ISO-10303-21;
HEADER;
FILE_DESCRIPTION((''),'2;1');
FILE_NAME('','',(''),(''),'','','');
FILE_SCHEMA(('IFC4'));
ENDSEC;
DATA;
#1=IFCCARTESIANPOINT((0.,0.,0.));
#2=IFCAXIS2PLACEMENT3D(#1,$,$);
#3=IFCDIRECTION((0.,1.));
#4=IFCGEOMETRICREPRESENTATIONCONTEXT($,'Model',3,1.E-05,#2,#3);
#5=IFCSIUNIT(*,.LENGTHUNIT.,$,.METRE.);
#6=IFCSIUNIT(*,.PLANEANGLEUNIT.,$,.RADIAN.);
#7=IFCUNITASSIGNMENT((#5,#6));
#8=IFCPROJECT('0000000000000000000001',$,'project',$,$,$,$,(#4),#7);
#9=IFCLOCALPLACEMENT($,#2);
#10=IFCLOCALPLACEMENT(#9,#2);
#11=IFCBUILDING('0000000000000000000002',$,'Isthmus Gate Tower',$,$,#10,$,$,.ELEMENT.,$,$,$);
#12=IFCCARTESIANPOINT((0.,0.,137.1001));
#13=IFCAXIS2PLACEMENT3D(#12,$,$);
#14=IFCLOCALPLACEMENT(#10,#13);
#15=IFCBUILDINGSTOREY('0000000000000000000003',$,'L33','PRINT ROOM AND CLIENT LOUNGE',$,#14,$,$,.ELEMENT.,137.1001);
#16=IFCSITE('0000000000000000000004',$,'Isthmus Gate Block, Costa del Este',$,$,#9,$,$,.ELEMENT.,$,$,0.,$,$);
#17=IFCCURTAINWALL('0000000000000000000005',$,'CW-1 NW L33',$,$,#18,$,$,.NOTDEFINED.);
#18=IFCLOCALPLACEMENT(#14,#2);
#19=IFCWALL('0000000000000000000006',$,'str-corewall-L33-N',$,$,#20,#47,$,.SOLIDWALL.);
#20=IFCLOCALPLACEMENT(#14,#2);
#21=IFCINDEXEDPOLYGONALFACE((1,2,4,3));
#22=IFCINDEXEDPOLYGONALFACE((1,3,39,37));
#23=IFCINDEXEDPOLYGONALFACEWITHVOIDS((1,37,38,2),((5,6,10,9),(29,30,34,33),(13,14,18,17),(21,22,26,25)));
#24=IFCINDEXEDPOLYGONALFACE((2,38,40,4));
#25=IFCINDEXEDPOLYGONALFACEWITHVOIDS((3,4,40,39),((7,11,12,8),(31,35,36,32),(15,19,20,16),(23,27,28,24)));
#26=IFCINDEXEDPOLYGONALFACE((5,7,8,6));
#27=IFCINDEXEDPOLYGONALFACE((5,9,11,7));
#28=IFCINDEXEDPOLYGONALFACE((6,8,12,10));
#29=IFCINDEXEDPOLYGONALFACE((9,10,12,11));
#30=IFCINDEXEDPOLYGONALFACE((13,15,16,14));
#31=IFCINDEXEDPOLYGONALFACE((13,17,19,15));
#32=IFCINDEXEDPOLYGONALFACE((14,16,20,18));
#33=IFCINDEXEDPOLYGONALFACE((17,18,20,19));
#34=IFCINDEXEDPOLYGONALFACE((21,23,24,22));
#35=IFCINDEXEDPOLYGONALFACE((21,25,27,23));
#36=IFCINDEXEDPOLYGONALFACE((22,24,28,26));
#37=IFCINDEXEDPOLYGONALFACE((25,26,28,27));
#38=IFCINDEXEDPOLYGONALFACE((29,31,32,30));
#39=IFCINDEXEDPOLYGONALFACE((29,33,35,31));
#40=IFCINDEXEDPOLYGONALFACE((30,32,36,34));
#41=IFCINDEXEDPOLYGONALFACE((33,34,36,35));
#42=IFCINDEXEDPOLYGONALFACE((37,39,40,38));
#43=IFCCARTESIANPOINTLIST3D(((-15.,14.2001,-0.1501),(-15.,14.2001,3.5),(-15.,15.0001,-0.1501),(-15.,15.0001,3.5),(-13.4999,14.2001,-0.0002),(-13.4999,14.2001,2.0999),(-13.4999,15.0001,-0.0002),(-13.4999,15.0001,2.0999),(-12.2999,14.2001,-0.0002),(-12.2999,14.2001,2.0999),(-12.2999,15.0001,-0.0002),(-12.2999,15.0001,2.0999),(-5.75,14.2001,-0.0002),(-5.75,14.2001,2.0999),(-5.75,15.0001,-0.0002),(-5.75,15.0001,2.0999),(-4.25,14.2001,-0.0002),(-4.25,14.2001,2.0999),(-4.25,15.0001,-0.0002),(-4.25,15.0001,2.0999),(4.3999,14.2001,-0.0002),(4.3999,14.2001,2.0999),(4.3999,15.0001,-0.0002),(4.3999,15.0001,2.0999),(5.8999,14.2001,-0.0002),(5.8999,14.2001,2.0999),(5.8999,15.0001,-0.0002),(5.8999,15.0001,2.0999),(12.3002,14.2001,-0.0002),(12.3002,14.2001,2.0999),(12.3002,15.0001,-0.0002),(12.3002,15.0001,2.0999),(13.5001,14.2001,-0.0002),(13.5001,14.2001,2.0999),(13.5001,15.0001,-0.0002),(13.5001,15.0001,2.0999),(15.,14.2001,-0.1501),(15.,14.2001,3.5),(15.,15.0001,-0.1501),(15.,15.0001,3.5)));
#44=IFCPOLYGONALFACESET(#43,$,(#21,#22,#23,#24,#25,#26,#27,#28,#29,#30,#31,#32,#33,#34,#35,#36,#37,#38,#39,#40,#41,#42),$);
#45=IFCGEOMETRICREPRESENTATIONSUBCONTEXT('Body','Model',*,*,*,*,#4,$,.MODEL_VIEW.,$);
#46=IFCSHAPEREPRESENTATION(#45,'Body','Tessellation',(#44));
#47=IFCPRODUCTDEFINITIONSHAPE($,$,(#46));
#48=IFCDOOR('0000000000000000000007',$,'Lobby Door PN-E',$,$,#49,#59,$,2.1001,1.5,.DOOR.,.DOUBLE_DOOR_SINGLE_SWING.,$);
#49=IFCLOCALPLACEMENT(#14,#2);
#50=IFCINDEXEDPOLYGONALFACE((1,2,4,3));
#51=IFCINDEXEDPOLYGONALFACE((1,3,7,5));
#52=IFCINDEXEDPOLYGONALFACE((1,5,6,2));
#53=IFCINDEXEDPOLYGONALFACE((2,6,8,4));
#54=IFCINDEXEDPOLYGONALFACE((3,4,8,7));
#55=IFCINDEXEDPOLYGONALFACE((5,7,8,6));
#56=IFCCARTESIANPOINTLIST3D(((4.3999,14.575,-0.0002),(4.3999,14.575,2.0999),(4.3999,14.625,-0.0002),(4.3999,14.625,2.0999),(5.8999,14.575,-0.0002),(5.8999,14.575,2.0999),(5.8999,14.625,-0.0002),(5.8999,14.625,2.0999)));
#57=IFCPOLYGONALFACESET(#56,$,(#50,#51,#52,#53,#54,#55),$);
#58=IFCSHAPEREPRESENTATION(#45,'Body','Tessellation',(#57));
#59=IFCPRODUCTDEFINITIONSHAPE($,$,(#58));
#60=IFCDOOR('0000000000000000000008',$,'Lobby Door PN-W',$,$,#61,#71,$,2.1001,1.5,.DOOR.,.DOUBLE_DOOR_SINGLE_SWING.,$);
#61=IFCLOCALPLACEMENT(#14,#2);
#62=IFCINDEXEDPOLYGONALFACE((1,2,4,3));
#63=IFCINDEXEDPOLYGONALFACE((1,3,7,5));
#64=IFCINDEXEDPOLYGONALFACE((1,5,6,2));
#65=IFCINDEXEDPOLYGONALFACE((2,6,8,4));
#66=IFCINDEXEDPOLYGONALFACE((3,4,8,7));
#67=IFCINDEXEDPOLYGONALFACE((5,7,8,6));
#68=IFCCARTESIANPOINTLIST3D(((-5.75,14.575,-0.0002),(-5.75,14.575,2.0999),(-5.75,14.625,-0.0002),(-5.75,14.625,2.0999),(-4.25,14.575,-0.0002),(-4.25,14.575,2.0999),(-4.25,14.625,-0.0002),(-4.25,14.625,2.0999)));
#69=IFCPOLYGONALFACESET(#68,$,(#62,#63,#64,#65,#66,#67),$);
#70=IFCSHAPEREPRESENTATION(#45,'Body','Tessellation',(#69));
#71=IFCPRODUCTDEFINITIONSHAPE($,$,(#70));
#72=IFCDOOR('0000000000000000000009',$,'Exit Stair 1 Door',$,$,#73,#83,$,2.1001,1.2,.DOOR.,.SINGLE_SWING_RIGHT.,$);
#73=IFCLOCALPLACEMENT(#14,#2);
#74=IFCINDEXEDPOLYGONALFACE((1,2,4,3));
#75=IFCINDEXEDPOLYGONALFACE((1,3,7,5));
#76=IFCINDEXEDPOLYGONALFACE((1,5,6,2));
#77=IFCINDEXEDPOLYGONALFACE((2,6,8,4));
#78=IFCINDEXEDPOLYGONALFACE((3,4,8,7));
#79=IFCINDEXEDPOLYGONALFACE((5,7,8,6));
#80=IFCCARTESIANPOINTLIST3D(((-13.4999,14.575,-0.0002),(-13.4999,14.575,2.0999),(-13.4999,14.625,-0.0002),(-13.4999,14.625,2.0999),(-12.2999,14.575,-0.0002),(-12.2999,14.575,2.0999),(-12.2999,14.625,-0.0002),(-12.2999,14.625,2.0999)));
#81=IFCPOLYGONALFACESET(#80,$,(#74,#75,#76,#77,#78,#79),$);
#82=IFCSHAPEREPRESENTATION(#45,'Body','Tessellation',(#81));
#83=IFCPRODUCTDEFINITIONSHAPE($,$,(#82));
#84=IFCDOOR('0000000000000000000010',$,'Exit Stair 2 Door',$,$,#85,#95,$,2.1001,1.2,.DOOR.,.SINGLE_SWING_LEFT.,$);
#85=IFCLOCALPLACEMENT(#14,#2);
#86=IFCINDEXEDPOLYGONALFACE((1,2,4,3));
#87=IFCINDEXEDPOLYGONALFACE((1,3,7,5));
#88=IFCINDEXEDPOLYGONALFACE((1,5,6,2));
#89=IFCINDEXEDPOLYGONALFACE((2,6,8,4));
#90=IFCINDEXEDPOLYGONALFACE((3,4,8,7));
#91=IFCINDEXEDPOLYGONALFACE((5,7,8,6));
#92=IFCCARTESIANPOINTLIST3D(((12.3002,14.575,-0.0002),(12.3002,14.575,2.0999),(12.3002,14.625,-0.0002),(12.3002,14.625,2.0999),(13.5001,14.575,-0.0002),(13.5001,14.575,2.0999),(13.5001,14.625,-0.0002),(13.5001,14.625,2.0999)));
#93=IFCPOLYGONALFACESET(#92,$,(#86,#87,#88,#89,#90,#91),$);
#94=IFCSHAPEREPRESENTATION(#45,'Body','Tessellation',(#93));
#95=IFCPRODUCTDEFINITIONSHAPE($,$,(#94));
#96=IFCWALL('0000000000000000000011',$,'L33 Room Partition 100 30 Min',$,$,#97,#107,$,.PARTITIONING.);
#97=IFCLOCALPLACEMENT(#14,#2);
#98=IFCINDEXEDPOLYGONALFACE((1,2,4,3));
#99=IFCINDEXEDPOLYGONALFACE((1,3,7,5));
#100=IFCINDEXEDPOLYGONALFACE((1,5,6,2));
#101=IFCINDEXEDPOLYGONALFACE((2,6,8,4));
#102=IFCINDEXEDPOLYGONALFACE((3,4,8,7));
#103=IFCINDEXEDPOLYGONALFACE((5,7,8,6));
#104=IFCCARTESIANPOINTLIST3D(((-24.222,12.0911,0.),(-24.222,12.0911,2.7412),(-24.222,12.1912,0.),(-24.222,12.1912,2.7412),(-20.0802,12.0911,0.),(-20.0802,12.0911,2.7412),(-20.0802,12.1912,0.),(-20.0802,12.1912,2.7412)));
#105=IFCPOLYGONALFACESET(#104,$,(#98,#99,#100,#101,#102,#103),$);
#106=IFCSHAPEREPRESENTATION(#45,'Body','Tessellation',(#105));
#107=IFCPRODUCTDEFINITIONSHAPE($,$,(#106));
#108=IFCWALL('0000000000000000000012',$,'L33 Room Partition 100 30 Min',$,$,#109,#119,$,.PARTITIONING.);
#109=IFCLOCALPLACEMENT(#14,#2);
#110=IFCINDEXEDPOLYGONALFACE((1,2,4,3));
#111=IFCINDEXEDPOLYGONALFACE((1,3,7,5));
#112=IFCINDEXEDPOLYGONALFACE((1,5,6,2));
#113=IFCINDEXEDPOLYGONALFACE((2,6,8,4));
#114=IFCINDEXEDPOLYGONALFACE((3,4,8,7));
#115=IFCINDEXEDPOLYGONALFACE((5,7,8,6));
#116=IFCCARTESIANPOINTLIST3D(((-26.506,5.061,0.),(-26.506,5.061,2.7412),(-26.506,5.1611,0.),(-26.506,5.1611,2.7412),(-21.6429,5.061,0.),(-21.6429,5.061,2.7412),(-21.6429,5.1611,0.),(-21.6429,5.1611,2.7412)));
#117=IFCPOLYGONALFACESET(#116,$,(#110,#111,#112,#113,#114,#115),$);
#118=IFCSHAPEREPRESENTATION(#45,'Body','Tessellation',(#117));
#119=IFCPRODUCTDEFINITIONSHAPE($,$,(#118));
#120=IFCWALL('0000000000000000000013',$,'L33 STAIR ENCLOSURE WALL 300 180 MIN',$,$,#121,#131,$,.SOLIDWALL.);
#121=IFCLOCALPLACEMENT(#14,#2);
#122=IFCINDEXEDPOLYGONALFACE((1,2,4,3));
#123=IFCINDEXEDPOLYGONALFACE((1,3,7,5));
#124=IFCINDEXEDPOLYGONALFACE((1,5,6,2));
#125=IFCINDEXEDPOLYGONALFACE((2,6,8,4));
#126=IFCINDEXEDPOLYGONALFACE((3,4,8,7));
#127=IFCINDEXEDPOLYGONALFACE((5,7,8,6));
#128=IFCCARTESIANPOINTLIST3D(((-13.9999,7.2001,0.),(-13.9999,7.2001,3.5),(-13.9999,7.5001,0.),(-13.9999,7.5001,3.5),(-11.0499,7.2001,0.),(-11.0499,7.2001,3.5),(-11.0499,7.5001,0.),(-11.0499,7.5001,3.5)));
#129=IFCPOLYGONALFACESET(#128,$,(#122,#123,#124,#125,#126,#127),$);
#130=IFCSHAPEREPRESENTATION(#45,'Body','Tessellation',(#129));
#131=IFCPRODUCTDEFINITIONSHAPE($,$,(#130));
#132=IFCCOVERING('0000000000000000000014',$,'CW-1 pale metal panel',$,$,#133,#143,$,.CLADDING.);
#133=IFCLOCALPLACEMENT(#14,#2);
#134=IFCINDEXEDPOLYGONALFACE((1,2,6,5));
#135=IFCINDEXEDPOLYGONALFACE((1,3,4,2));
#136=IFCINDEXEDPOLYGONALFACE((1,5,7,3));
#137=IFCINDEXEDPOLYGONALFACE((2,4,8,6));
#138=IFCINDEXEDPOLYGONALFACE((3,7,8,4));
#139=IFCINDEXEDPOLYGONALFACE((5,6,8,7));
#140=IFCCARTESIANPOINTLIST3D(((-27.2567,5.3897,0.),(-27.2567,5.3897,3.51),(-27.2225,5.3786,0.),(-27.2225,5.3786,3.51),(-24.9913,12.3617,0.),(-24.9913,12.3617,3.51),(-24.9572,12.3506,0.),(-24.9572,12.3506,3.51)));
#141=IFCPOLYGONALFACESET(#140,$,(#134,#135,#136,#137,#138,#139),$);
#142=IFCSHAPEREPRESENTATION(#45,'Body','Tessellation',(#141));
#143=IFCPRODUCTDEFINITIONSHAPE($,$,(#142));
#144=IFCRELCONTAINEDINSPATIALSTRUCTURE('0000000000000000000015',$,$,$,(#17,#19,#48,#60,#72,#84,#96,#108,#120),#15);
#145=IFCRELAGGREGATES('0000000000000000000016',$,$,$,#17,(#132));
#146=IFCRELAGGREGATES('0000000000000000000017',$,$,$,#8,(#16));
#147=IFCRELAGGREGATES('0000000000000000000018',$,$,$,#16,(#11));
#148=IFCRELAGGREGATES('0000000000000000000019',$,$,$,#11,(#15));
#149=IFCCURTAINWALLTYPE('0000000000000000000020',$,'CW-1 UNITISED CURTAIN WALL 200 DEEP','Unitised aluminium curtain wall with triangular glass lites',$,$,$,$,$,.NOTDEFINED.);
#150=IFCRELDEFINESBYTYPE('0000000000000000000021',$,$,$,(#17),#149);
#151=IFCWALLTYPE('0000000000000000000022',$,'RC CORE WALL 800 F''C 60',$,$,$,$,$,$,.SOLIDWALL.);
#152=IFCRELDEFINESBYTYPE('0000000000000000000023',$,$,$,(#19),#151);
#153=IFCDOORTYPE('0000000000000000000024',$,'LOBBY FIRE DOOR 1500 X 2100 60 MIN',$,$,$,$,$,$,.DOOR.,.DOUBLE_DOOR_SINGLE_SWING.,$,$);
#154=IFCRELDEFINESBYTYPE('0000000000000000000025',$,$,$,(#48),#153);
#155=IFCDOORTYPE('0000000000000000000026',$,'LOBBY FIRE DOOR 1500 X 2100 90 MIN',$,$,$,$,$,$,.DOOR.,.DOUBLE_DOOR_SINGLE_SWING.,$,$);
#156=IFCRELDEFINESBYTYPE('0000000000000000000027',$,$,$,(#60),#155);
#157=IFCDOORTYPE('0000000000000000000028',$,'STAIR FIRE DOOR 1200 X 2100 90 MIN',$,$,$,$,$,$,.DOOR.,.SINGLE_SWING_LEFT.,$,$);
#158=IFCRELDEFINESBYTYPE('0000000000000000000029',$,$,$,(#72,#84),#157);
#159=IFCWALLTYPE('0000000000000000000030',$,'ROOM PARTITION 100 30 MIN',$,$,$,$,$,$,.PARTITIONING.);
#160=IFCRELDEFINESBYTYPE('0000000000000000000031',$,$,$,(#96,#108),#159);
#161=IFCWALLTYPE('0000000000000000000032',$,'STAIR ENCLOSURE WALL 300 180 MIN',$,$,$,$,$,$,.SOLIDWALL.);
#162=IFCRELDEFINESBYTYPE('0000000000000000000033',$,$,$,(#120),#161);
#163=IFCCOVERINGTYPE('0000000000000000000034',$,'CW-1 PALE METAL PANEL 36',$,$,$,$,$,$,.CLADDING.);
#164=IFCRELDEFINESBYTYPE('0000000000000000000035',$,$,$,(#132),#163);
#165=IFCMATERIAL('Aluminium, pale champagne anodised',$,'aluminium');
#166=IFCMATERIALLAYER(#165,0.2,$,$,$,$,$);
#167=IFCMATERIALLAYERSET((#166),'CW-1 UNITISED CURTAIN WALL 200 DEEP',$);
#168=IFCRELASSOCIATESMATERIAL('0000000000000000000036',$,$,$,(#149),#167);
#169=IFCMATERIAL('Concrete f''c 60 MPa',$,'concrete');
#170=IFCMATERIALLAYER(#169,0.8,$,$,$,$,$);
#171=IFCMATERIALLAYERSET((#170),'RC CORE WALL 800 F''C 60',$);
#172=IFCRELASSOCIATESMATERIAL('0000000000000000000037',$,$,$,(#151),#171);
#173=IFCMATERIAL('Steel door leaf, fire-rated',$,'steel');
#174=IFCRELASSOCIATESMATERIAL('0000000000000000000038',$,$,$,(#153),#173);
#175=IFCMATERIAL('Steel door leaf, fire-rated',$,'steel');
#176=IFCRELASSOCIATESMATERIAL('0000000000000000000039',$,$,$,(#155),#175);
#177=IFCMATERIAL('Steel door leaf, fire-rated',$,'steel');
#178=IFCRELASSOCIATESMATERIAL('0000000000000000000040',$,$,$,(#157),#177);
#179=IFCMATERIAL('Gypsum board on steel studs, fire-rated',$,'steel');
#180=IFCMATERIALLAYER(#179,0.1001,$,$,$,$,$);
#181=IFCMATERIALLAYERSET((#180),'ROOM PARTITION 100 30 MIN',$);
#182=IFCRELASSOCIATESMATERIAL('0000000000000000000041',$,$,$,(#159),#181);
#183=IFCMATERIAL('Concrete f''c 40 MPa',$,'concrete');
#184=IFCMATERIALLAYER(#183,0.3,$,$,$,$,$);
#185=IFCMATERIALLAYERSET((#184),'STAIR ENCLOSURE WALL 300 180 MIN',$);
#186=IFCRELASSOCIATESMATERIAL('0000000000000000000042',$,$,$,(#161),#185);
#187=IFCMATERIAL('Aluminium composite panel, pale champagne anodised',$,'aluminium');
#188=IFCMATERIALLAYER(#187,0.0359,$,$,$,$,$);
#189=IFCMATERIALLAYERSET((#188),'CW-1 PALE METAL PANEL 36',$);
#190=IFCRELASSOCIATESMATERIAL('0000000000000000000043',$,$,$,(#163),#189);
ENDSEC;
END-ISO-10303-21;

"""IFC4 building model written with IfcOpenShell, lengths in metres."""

from ifc_helpers import new_model, si_unit, direction, frame, frame_2d, origin, origin_2d, place, context, subcontext, project, spatial, rectangle, extrude, material, layer, layer_set, type_object, element, fill, aggregate, save


model = new_model("IFC4")

# Units and contexts
model_context = context("Model", 3, precision=1e-05, world=origin(), true_north=direction((0.0, 1.0)))
body_context = subcontext(model_context, "Body", "Model", "MODEL_VIEW")
ifc_project = project(units=[si_unit("LENGTHUNIT", "METRE"), si_unit("PLANEANGLEUNIT", "RADIAN")], contexts=[model_context])

# Site, building, storey
site_placement = place(None, origin())
site = spatial("IfcSite", under=ifc_project, at=site_placement, Name="Isthmus Gate Block, Costa del Este", CompositionType="ELEMENT", RefElevation=0.0)
building_placement = place(site_placement, origin())
building = spatial("IfcBuilding", under=site, at=building_placement, Name="Isthmus Gate Tower", CompositionType="ELEMENT")
storey_placement = place(building_placement, frame((0.0, 0.0, 137.1001)))
storey = spatial("IfcBuildingStorey", under=building, at=storey_placement, Name="L33", Description="PRINT ROOM AND CLIENT LOUNGE", CompositionType="ELEMENT", Elevation=137.1001)

# Curtain wall
ifc_material_1 = material(Name="Aluminium, pale champagne anodised", Category="aluminium")
ifc_layer_1 = layer(ifc_material_1, 0.2)
ifc_layer_set_1 = layer_set([ifc_layer_1], Name="CW-1 UNITISED CURTAIN WALL 200 DEEP")
curtain_wall_type = type_object("IfcCurtainWallType", Name="CW-1 UNITISED CURTAIN WALL 200 DEEP", Description="Unitised aluminium curtain wall with triangular glass lites", PredefinedType="NOTDEFINED", material=ifc_layer_set_1)
curtain_wall_placement = place(storey_placement, origin())
curtain_wall = element("IfcCurtainWall", 1, at=curtain_wall_placement, inside=storey, type_object=curtain_wall_type, Name="CW-1 NW L33", PredefinedType="NOTDEFINED")

# Wall, openings, doors
ifc_material_2 = material(Name="Concrete f'c 60 MPa", Category="concrete")
ifc_layer_2 = layer(ifc_material_2, 0.8)
ifc_layer_set_2 = layer_set([ifc_layer_2], Name="RC CORE WALL 800 F'C 60")
wall_type_1 = type_object("IfcWallType", Name="RC CORE WALL 800 F'C 60", PredefinedType="SOLIDWALL", material=ifc_layer_set_2)
wall_1_placement = place(storey_placement, frame((-15.0, 14.6001, -0.1501), z_axis=(0.0, 0.0, 1.0), x_axis=(1.0, 0.0, 0.0)))
wall_1 = element("IfcWall", 2, at=wall_1_placement, inside=storey, type_object=wall_type_1, Name="str-corewall-L33-N", PredefinedType="SOLIDWALL", context=body_context, shape_type="SweptSolid", body=[
    extrude(rectangle(XDim=30.0, YDim=0.8, at=frame_2d((15.0, 0.0))), origin(), (0.0, 0.0, 1.0), 3.6501),
])
opening_1_placement = place(wall_1_placement, frame((9.25, 0.0, 0.1499)))
opening_1 = element("IfcOpeningElement", 3, at=opening_1_placement, cuts=wall_1, PredefinedType="OPENING", context=body_context, shape_type="SweptSolid", body=[
    extrude(rectangle(XDim=1.5, YDim=2.1001, at=frame_2d((0.75, 1.05))), frame((0.0, 0.4099, 0.0), z_axis=(0.0, -1.0, 0.0), x_axis=(1.0, 0.0, 0.0)), (0.0, 0.0, 1.0), 0.8201),
])
opening_2_placement = place(wall_1_placement, frame((19.3999, 0.0, 0.1499)))
opening_2 = element("IfcOpeningElement", 4, at=opening_2_placement, cuts=wall_1, PredefinedType="OPENING", context=body_context, shape_type="SweptSolid", body=[
    extrude(rectangle(XDim=1.5, YDim=2.1001, at=frame_2d((0.75, 1.05))), frame((0.0, 0.4099, 0.0), z_axis=(0.0, -1.0, 0.0), x_axis=(1.0, 0.0, 0.0)), (0.0, 0.0, 1.0), 0.8201),
])
opening_3_placement = place(wall_1_placement, frame((1.5, 0.0, 0.1499)))
opening_3 = element("IfcOpeningElement", 5, at=opening_3_placement, cuts=wall_1, PredefinedType="OPENING", context=body_context, shape_type="SweptSolid", body=[
    extrude(rectangle(XDim=1.2, YDim=2.1001, at=frame_2d((0.6001, 1.05))), frame((0.0, 0.4099, 0.0), z_axis=(0.0, -1.0, 0.0), x_axis=(1.0, 0.0, 0.0)), (0.0, 0.0, 1.0), 0.8201),
])
opening_4_placement = place(wall_1_placement, frame((27.3, 0.0, 0.1499)))
opening_4 = element("IfcOpeningElement", 6, at=opening_4_placement, cuts=wall_1, PredefinedType="OPENING", context=body_context, shape_type="SweptSolid", body=[
    extrude(rectangle(XDim=1.2, YDim=2.1001, at=frame_2d((0.6001, 1.05))), frame((0.0, 0.4099, 0.0), z_axis=(0.0, -1.0, 0.0), x_axis=(1.0, 0.0, 0.0)), (0.0, 0.0, 1.0), 0.8201),
])
ifc_material_3 = material(Name="Steel door leaf, fire-rated", Category="steel")
door_type_1 = type_object("IfcDoorType", Name="LOBBY FIRE DOOR 1500 X 2100 60 MIN", OperationType="DOUBLE_DOOR_SINGLE_SWING", PredefinedType="DOOR", material=ifc_material_3)
door_1_placement = place(opening_2_placement, origin())
door_1 = element("IfcDoor", 7, at=door_1_placement, inside=storey, type_object=door_type_1, Name="Lobby Door PN-E", OperationType="DOUBLE_DOOR_SINGLE_SWING", OverallHeight=2.1001, OverallWidth=1.5, PredefinedType="DOOR", context=body_context, shape_type="SweptSolid", body=[
    extrude(rectangle(XDim=1.5, YDim=2.1001, at=frame_2d((0.75, 1.05))), frame((0.0, 0.0249, 0.0), z_axis=(0.0, -1.0, 0.0), x_axis=(1.0, 0.0, 0.0)), (0.0, 0.0, 1.0), 0.05),
])
fill(opening_2, door_1)
ifc_material_4 = material(Name="Steel door leaf, fire-rated", Category="steel")
door_type_2 = type_object("IfcDoorType", Name="LOBBY FIRE DOOR 1500 X 2100 90 MIN", OperationType="DOUBLE_DOOR_SINGLE_SWING", PredefinedType="DOOR", material=ifc_material_4)
door_2_placement = place(opening_1_placement, origin())
door_2 = element("IfcDoor", 8, at=door_2_placement, inside=storey, type_object=door_type_2, Name="Lobby Door PN-W", OperationType="DOUBLE_DOOR_SINGLE_SWING", OverallHeight=2.1001, OverallWidth=1.5, PredefinedType="DOOR", context=body_context, shape_type="SweptSolid", body=[
    extrude(rectangle(XDim=1.5, YDim=2.1001, at=frame_2d((0.75, 1.05))), frame((0.0, 0.0249, 0.0), z_axis=(0.0, -1.0, 0.0), x_axis=(1.0, 0.0, 0.0)), (0.0, 0.0, 1.0), 0.05),
])
fill(opening_1, door_2)
ifc_material_5 = material(Name="Steel door leaf, fire-rated", Category="steel")
door_type_3 = type_object("IfcDoorType", Name="STAIR FIRE DOOR 1200 X 2100 90 MIN", OperationType="SINGLE_SWING_LEFT", PredefinedType="DOOR", material=ifc_material_5)
door_3_placement = place(opening_3_placement, origin())
door_3 = element("IfcDoor", 9, at=door_3_placement, inside=storey, type_object=door_type_3, Name="Exit Stair 1 Door", OperationType="SINGLE_SWING_RIGHT", OverallHeight=2.1001, OverallWidth=1.2, PredefinedType="DOOR", context=body_context, shape_type="SweptSolid", body=[
    extrude(rectangle(XDim=1.2, YDim=2.1001, at=frame_2d((0.6001, 1.05))), frame((0.0, 0.0249, 0.0), z_axis=(0.0, -1.0, 0.0), x_axis=(1.0, 0.0, 0.0)), (0.0, 0.0, 1.0), 0.05),
])
fill(opening_3, door_3)
door_4_placement = place(opening_4_placement, origin())
door_4 = element("IfcDoor", 10, at=door_4_placement, inside=storey, type_object=door_type_3, Name="Exit Stair 2 Door", OperationType="SINGLE_SWING_LEFT", OverallHeight=2.1001, OverallWidth=1.2, PredefinedType="DOOR", context=body_context, shape_type="SweptSolid", body=[
    extrude(rectangle(XDim=1.2, YDim=2.1001, at=frame_2d((0.6001, 1.05))), frame((0.0, 0.0249, 0.0), z_axis=(0.0, -1.0, 0.0), x_axis=(1.0, 0.0, 0.0)), (0.0, 0.0, 1.0), 0.05),
])
fill(opening_4, door_4)

# Walls
ifc_material_6 = material(Name="Gypsum board on steel studs, fire-rated", Category="steel")
ifc_layer_3 = layer(ifc_material_6, 0.1001)
ifc_layer_set_3 = layer_set([ifc_layer_3], Name="ROOM PARTITION 100 30 MIN")
wall_type_2 = type_object("IfcWallType", Name="ROOM PARTITION 100 30 MIN", PredefinedType="PARTITIONING", material=ifc_layer_set_3)
wall_2_placement = place(storey_placement, frame((-24.2219, 12.1411, 0.0), z_axis=(0.0, 0.0, 1.0), x_axis=(1.0, 0.0, 0.0)))
element("IfcWall", 11, at=wall_2_placement, inside=storey, type_object=wall_type_2, Name="L33 Room Partition 100 30 Min", PredefinedType="PARTITIONING", context=body_context, shape_type="SweptSolid", body=[
    extrude(rectangle(XDim=4.1418, YDim=0.1001, at=frame_2d((2.0708, 0.0))), origin(), (0.0, 0.0, 1.0), 2.7412),
])
wall_3_placement = place(storey_placement, frame((-26.5061, 5.1111, 0.0), z_axis=(0.0, 0.0, 1.0), x_axis=(1.0, 0.0, 0.0)))
element("IfcWall", 12, at=wall_3_placement, inside=storey, type_object=wall_type_2, Name="L33 Room Partition 100 30 Min", PredefinedType="PARTITIONING", context=body_context, shape_type="SweptSolid", body=[
    extrude(rectangle(XDim=4.863, YDim=0.1001, at=frame_2d((2.4316, 0.0))), origin(), (0.0, 0.0, 1.0), 2.7412),
])
ifc_material_7 = material(Name="Concrete f'c 40 MPa", Category="concrete")
ifc_layer_4 = layer(ifc_material_7, 0.3)
ifc_layer_set_4 = layer_set([ifc_layer_4], Name="STAIR ENCLOSURE WALL 300 180 MIN")
wall_type_3 = type_object("IfcWallType", Name="STAIR ENCLOSURE WALL 300 180 MIN", PredefinedType="SOLIDWALL", material=ifc_layer_set_4)
wall_4_placement = place(storey_placement, frame((-14.0, 7.3501, 0.0), z_axis=(0.0, 0.0, 1.0), x_axis=(1.0, 0.0, 0.0)))
element("IfcWall", 13, at=wall_4_placement, inside=storey, type_object=wall_type_3, Name="L33 STAIR ENCLOSURE WALL 300 180 MIN", PredefinedType="SOLIDWALL", context=body_context, shape_type="SweptSolid", body=[
    extrude(rectangle(XDim=2.95, YDim=0.3, at=frame_2d((1.4751, 0.0))), origin(), (0.0, 0.0, 1.0), 3.5),
])

# Covering
ifc_material_8 = material(Name="Aluminium composite panel, pale champagne anodised", Category="aluminium")
ifc_layer_5 = layer(ifc_material_8, 0.0359)
ifc_layer_set_5 = layer_set([ifc_layer_5], Name="CW-1 PALE METAL PANEL 36")
covering_type = type_object("IfcCoveringType", Name="CW-1 PALE METAL PANEL 36", PredefinedType="CLADDING", material=ifc_layer_set_5)
covering_placement = place(storey_placement, frame((-26.1069, 8.8701, 0.0), z_axis=(0.0, 0.0, 1.0), x_axis=(-0.309017, -0.951057, 0.0)))
covering = element("IfcCovering", 14, at=covering_placement, type_object=covering_type, Name="CW-1 pale metal panel", PredefinedType="CLADDING", context=body_context, shape_type="SweptSolid", body=[
    extrude(rectangle(XDim=7.3308, YDim=0.0359, at=origin_2d()), origin(), (0.0, 0.0, 1.0), 3.51),
])
aggregate(curtain_wall, [covering])

save(model, "model.ifc")
